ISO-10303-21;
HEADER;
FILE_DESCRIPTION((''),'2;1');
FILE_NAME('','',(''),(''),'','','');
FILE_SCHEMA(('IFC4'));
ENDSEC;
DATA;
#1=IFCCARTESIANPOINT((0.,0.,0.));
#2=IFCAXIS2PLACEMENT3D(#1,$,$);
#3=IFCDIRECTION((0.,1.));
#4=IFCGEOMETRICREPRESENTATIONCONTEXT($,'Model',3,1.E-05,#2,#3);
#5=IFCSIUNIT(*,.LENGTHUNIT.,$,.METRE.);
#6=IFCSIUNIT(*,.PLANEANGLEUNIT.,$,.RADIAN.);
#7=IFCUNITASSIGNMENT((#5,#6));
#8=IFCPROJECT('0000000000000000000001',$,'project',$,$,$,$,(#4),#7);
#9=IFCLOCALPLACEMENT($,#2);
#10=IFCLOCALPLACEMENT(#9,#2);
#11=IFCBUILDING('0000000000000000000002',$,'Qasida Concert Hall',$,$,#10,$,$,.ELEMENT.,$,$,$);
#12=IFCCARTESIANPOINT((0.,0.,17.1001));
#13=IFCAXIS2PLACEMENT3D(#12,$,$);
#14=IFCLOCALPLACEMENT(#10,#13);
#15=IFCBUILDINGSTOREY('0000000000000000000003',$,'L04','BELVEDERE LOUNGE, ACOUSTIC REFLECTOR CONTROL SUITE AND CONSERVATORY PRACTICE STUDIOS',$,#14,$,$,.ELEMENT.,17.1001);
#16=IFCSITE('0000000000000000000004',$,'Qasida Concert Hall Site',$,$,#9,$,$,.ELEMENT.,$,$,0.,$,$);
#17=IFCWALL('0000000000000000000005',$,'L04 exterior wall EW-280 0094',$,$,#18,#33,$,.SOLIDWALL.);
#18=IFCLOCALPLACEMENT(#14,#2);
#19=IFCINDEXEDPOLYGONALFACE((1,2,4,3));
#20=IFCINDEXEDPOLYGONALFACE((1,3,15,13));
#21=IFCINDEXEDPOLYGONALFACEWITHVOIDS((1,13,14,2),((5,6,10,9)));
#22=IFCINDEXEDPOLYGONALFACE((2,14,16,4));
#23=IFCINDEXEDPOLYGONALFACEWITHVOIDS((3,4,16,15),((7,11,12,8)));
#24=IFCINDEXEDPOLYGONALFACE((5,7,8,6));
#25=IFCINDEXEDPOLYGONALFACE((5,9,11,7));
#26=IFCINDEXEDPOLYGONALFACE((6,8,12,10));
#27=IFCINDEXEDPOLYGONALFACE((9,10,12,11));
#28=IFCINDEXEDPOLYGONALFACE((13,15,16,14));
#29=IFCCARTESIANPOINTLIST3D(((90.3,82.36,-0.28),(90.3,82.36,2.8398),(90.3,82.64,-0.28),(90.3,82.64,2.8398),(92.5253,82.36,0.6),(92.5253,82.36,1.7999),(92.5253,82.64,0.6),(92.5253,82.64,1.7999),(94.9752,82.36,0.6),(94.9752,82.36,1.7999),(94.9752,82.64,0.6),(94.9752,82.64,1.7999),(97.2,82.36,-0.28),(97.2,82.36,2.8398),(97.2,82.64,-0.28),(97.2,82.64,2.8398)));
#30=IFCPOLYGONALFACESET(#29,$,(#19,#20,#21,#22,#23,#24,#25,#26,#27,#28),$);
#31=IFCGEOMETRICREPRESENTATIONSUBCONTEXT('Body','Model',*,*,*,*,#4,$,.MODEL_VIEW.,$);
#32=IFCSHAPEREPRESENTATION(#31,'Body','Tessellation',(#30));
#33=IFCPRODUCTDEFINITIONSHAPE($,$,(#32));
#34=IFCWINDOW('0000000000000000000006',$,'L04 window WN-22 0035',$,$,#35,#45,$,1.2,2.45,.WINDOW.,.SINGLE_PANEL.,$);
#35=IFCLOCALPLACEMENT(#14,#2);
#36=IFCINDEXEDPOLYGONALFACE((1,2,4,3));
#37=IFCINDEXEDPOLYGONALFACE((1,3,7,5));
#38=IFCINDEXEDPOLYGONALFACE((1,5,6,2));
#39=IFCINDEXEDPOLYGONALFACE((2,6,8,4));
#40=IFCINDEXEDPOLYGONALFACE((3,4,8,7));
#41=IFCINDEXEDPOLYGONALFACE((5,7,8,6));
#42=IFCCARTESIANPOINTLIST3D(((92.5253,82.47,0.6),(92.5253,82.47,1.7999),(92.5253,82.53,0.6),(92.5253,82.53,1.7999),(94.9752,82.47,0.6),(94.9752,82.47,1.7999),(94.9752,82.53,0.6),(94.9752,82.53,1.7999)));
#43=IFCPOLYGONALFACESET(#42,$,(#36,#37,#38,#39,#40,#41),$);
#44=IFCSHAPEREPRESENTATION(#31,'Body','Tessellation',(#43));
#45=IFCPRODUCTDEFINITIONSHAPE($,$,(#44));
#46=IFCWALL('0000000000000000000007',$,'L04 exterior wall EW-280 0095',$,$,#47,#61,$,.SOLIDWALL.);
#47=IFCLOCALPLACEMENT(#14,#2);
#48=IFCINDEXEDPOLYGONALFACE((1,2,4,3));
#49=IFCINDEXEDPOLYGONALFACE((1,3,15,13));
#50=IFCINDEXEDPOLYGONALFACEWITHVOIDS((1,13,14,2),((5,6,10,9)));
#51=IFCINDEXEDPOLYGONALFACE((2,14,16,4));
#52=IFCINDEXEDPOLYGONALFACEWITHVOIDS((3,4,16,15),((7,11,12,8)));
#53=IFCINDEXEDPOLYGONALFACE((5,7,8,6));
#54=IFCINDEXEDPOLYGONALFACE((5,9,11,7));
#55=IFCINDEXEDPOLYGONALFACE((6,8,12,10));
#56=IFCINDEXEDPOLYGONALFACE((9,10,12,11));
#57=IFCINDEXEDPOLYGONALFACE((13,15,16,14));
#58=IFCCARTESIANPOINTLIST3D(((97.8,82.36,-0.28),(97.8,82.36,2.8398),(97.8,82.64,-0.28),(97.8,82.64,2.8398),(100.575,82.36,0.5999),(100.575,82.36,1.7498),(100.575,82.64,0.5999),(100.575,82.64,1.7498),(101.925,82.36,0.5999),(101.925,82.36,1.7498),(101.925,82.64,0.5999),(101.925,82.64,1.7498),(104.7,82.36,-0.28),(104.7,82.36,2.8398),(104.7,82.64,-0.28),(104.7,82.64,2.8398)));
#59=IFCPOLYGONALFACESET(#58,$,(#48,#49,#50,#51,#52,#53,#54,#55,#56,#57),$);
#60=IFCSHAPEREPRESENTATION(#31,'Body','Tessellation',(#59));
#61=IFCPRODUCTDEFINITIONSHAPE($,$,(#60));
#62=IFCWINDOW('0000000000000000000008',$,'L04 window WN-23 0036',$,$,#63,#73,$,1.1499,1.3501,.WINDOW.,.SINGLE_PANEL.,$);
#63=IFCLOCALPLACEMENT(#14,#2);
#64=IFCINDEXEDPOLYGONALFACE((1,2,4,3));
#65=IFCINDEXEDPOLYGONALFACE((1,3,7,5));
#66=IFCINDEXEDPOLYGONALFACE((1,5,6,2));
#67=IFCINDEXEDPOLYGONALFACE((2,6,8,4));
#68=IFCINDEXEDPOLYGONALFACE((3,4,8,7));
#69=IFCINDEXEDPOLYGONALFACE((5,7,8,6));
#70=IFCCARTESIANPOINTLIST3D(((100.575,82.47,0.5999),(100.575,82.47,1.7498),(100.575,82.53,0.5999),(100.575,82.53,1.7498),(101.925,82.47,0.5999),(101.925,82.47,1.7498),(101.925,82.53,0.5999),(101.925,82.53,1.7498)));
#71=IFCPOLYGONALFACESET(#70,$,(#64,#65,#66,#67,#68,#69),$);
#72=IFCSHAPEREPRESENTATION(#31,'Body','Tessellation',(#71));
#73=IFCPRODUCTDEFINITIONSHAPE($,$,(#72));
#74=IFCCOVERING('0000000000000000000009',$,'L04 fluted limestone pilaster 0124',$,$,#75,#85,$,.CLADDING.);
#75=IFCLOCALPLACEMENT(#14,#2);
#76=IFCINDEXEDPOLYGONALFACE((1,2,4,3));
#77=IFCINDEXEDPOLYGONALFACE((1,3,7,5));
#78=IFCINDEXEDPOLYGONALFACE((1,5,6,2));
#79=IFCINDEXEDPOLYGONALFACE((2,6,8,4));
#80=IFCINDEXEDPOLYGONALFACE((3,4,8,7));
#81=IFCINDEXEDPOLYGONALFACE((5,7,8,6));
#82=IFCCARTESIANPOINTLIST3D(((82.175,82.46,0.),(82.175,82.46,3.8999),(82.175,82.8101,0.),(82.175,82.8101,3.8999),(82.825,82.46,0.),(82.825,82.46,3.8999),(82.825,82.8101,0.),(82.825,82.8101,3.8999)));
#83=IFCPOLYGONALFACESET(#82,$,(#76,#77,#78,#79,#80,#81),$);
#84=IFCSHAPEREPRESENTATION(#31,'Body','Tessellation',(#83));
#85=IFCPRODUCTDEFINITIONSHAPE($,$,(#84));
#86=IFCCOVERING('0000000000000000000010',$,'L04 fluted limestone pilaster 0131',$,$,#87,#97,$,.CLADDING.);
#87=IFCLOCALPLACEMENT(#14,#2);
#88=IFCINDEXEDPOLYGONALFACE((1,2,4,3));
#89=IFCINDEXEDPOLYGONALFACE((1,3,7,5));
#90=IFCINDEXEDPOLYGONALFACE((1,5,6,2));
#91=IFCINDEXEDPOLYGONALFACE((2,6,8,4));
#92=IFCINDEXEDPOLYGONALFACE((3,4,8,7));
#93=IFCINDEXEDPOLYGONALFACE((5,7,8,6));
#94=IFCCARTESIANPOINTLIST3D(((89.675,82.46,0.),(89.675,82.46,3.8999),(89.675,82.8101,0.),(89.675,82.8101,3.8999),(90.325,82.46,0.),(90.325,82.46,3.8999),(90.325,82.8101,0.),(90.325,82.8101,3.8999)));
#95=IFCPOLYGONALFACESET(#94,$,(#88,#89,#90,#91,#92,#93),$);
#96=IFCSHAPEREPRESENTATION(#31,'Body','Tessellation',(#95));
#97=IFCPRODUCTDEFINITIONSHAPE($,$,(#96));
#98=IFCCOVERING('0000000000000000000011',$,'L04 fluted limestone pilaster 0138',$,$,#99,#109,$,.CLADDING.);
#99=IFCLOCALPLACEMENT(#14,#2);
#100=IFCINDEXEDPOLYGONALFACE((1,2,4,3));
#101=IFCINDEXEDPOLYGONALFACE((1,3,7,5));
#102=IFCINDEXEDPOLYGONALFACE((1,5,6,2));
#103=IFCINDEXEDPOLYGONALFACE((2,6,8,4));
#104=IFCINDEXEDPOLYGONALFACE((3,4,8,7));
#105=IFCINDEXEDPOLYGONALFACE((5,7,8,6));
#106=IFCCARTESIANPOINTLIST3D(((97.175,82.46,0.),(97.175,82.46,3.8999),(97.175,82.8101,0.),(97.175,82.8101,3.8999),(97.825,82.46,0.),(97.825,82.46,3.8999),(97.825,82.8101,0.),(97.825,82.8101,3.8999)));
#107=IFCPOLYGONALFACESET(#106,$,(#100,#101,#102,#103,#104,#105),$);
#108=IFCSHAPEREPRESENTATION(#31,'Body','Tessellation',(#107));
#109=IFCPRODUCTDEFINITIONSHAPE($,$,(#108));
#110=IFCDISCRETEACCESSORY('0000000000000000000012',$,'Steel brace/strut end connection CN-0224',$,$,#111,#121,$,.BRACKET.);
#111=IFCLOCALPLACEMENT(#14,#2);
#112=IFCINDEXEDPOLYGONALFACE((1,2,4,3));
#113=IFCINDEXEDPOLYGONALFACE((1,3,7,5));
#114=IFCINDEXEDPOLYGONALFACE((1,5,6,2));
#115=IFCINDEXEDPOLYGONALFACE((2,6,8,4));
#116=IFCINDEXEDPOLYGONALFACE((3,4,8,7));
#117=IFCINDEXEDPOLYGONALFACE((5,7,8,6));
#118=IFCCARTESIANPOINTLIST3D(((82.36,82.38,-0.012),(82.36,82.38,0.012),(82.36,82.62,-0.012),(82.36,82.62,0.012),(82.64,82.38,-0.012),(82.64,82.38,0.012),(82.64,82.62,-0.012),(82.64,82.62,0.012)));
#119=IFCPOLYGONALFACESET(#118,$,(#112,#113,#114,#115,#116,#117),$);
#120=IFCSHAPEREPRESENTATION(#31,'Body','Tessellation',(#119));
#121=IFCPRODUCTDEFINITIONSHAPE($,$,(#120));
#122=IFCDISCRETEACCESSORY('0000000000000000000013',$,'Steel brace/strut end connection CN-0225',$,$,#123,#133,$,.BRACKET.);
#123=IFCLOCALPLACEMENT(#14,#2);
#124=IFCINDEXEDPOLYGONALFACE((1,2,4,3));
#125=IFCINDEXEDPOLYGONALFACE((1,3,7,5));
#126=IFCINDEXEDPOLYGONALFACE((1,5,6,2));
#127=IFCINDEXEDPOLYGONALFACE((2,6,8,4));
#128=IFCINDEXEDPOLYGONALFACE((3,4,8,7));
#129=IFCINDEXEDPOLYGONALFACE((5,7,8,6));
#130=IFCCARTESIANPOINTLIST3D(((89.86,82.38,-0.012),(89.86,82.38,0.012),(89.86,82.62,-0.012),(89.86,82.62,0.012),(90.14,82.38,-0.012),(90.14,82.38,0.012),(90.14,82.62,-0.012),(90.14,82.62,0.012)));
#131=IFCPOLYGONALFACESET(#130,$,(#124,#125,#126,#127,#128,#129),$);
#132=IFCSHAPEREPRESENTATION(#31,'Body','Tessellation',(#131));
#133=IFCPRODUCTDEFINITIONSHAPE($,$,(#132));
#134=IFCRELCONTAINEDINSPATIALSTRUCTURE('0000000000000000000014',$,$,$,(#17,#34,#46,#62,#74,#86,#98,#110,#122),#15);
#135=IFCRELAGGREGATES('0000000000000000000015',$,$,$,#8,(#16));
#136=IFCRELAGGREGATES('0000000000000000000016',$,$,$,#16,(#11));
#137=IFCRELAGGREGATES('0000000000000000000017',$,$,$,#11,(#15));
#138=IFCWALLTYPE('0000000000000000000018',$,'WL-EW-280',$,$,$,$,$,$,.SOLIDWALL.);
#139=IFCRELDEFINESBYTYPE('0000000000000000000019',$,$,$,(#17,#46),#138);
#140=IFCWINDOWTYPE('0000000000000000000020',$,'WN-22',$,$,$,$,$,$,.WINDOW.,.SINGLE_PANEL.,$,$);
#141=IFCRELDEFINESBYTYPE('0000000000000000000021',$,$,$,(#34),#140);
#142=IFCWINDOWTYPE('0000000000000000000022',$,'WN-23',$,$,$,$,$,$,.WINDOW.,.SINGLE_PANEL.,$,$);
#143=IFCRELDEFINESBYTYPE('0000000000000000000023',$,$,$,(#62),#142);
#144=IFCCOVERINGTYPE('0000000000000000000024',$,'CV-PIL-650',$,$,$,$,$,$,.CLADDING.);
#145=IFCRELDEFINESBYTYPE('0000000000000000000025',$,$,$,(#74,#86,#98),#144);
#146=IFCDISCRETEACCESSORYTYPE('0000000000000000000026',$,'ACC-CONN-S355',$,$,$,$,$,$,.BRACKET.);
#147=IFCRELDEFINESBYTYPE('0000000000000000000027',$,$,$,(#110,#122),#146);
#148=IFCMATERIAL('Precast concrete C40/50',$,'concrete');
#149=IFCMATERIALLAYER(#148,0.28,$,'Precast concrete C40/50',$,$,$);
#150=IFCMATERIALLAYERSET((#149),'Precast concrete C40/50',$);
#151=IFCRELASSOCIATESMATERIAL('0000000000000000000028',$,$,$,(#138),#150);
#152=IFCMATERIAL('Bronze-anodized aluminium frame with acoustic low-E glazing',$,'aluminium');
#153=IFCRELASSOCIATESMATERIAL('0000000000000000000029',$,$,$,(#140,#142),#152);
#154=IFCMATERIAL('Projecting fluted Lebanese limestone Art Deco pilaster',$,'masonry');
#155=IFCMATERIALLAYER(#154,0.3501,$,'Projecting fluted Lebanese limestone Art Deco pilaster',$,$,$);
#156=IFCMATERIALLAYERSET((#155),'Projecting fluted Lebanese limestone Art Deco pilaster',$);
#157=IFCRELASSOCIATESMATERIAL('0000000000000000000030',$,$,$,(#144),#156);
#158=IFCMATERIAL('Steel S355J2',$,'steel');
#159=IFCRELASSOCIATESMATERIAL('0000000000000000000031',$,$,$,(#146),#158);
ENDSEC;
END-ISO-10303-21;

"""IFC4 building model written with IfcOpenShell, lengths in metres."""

from ifc_helpers import new_model, si_unit, direction, frame, frame_2d, origin, origin_2d, place, context, subcontext, project, spatial, rectangle, extrude, material, layer, layer_set, type_object, element, fill, save


model = new_model("IFC4")

# Units and contexts
model_context = context("Model", 3, precision=1e-05, world=origin(), true_north=direction((0.0, 1.0)))
body_context = subcontext(model_context, "Body", "Model", "MODEL_VIEW")
ifc_project = project(units=[si_unit("LENGTHUNIT", "METRE"), si_unit("PLANEANGLEUNIT", "RADIAN")], contexts=[model_context])

# Site, building, storey
site_placement = place(None, origin())
site = spatial("IfcSite", under=ifc_project, at=site_placement, Name="Qasida Concert Hall Site", CompositionType="ELEMENT", RefElevation=0.0)
building_placement = place(site_placement, origin())
building = spatial("IfcBuilding", under=site, at=building_placement, Name="Qasida Concert Hall", CompositionType="ELEMENT")
storey_placement = place(building_placement, frame((0.0, 0.0, 17.1001)))
storey = spatial("IfcBuildingStorey", under=building, at=storey_placement, Name="L04", Description="BELVEDERE LOUNGE, ACOUSTIC REFLECTOR CONTROL SUITE AND CONSERVATORY PRACTICE STUDIOS", CompositionType="ELEMENT", Elevation=17.1001)

# Shared definitions
ifc_material_1 = material(Name="Steel S355J2", Category="steel")

# Shared definitions
ifc_material_2 = material(Name="Precast concrete C40/50", Category="concrete")
ifc_layer_1 = layer(ifc_material_2, 0.28, Name="Precast concrete C40/50")
ifc_layer_set_1 = layer_set([ifc_layer_1], Name="Precast concrete C40/50")
wall_type = type_object("IfcWallType", Name="WL-EW-280", PredefinedType="SOLIDWALL", material=ifc_layer_set_1)

# Walls, openings, windows
wall_1_placement = place(storey_placement, frame((90.3, 82.5, -0.28), z_axis=(0.0, 0.0, 1.0), x_axis=(1.0, 0.0, 0.0)))
wall_1 = element("IfcWall", 1, at=wall_1_placement, inside=storey, type_object=wall_type, Name="L04 exterior wall EW-280 0094", PredefinedType="SOLIDWALL", context=body_context, shape_type="SweptSolid", body=[
    extrude(rectangle(XDim=6.8999, YDim=0.28, at=frame_2d((3.45, 0.0))), origin(), (0.0, 0.0, 1.0), 3.1199),
])
opening_1_placement = place(wall_1_placement, frame((2.2251, 0.0, 0.8799)))
opening_1 = element("IfcOpeningElement", 2, at=opening_1_placement, cuts=wall_1, PredefinedType="OPENING", context=body_context, shape_type="SweptSolid", body=[
    extrude(rectangle(XDim=2.45, YDim=1.2, at=frame_2d((1.2251, 0.6001))), frame((0.0, 0.1499, 0.0), z_axis=(0.0, -1.0, 0.0), x_axis=(1.0, 0.0, 0.0)), (0.0, 0.0, 1.0), 0.3),
])
ifc_material_3 = material(Name="Bronze-anodized aluminium frame with acoustic low-E glazing", Category="aluminium")
window_type_1 = type_object("IfcWindowType", Name="WN-22", PartitioningType="SINGLE_PANEL", PredefinedType="WINDOW", material=ifc_material_3)
window_1_placement = place(opening_1_placement, origin())
window_1 = element("IfcWindow", 3, at=window_1_placement, inside=storey, type_object=window_type_1, Name="L04 window WN-22 0035", OverallHeight=1.2, OverallWidth=2.45, PartitioningType="SINGLE_PANEL", PredefinedType="WINDOW", context=body_context, shape_type="SweptSolid", body=[
    extrude(rectangle(XDim=2.45, YDim=1.2, at=frame_2d((1.2251, 0.6001))), frame((0.0, 0.03, 0.0), z_axis=(0.0, -1.0, 0.0), x_axis=(1.0, 0.0, 0.0)), (0.0, 0.0, 1.0), 0.0601),
])
fill(opening_1, window_1)
wall_2_placement = place(storey_placement, frame((97.8, 82.5, -0.28), z_axis=(0.0, 0.0, 1.0), x_axis=(1.0, 0.0, 0.0)))
wall_2 = element("IfcWall", 4, at=wall_2_placement, inside=storey, type_object=wall_type, Name="L04 exterior wall EW-280 0095", PredefinedType="SOLIDWALL", context=body_context, shape_type="SweptSolid", body=[
    extrude(rectangle(XDim=6.8999, YDim=0.28, at=frame_2d((3.45, 0.0))), origin(), (0.0, 0.0, 1.0), 3.1199),
])
opening_2_placement = place(wall_2_placement, frame((2.7749, 0.0, 0.8799)))
opening_2 = element("IfcOpeningElement", 5, at=opening_2_placement, cuts=wall_2, PredefinedType="OPENING", context=body_context, shape_type="SweptSolid", body=[
    extrude(rectangle(XDim=1.3501, YDim=1.1499, at=frame_2d((0.675, 0.575))), frame((0.0, 0.1499, 0.0), z_axis=(0.0, -1.0, 0.0), x_axis=(1.0, 0.0, 0.0)), (0.0, 0.0, 1.0), 0.3),
])
window_type_2 = type_object("IfcWindowType", Name="WN-23", PartitioningType="SINGLE_PANEL", PredefinedType="WINDOW", material=ifc_material_3)
window_2_placement = place(opening_2_placement, origin())
window_2 = element("IfcWindow", 6, at=window_2_placement, inside=storey, type_object=window_type_2, Name="L04 window WN-23 0036", OverallHeight=1.1499, OverallWidth=1.3501, PartitioningType="SINGLE_PANEL", PredefinedType="WINDOW", context=body_context, shape_type="SweptSolid", body=[
    extrude(rectangle(XDim=1.3501, YDim=1.1499, at=frame_2d((0.675, 0.575))), frame((0.0, 0.03, 0.0), z_axis=(0.0, -1.0, 0.0), x_axis=(1.0, 0.0, 0.0)), (0.0, 0.0, 1.0), 0.0601),
])
fill(opening_2, window_2)

# Coverings
ifc_material_4 = material(Name="Projecting fluted Lebanese limestone Art Deco pilaster", Category="masonry")
ifc_layer_2 = layer(ifc_material_4, 0.3501, Name="Projecting fluted Lebanese limestone Art Deco pilaster")
ifc_layer_set_2 = layer_set([ifc_layer_2], Name="Projecting fluted Lebanese limestone Art Deco pilaster")
covering_type = type_object("IfcCoveringType", Name="CV-PIL-650", PredefinedType="CLADDING", material=ifc_layer_set_2)
for number, where, z_axis, x_axis, name in (
    (7, (82.5, 82.635, 0.0), (0.0, 0.0, 1.0), (1.0, 0.0, 0.0), "L04 fluted limestone pilaster 0124"),
    (8, (90.0, 82.635, 0.0), (0.0, 0.0, 1.0), (1.0, 0.0, 0.0), "L04 fluted limestone pilaster 0131"),
    (9, (97.5, 82.635, 0.0), (0.0, 0.0, 1.0), (1.0, 0.0, 0.0), "L04 fluted limestone pilaster 0138"),
):
    element("IfcCovering", number, at=place(storey_placement, frame(where, z_axis=z_axis, x_axis=x_axis)), inside=storey, type_object=covering_type, Name=name, PredefinedType="CLADDING", context=body_context, shape_type="SweptSolid", body=[
        extrude(rectangle(XDim=0.6499, YDim=0.3501, at=origin_2d()), origin(), (0.0, 0.0, 1.0), 3.8999),
    ])

# Discrete accessories
discrete_accessory_type = type_object("IfcDiscreteAccessoryType", Name="ACC-CONN-S355", PredefinedType="BRACKET", material=ifc_material_1)
for number, where, z_axis, x_axis, name in (
    (10, (82.5, 82.5, -0.012), (0.0, 0.0, 1.0), (1.0, 0.0, 0.0), "Steel brace/strut end connection CN-0224"),
    (11, (90.0, 82.5, -0.012), (0.0, 0.0, 1.0), (1.0, 0.0, 0.0), "Steel brace/strut end connection CN-0225"),
):
    element("IfcDiscreteAccessory", number, at=place(storey_placement, frame(where, z_axis=z_axis, x_axis=x_axis)), inside=storey, type_object=discrete_accessory_type, Name=name, PredefinedType="BRACKET", context=body_context, shape_type="SweptSolid", body=[
        extrude(rectangle(XDim=0.28, YDim=0.24, at=origin_2d()), origin(), (0.0, 0.0, 1.0), 0.0239),
    ])

save(model, "model.ifc")
